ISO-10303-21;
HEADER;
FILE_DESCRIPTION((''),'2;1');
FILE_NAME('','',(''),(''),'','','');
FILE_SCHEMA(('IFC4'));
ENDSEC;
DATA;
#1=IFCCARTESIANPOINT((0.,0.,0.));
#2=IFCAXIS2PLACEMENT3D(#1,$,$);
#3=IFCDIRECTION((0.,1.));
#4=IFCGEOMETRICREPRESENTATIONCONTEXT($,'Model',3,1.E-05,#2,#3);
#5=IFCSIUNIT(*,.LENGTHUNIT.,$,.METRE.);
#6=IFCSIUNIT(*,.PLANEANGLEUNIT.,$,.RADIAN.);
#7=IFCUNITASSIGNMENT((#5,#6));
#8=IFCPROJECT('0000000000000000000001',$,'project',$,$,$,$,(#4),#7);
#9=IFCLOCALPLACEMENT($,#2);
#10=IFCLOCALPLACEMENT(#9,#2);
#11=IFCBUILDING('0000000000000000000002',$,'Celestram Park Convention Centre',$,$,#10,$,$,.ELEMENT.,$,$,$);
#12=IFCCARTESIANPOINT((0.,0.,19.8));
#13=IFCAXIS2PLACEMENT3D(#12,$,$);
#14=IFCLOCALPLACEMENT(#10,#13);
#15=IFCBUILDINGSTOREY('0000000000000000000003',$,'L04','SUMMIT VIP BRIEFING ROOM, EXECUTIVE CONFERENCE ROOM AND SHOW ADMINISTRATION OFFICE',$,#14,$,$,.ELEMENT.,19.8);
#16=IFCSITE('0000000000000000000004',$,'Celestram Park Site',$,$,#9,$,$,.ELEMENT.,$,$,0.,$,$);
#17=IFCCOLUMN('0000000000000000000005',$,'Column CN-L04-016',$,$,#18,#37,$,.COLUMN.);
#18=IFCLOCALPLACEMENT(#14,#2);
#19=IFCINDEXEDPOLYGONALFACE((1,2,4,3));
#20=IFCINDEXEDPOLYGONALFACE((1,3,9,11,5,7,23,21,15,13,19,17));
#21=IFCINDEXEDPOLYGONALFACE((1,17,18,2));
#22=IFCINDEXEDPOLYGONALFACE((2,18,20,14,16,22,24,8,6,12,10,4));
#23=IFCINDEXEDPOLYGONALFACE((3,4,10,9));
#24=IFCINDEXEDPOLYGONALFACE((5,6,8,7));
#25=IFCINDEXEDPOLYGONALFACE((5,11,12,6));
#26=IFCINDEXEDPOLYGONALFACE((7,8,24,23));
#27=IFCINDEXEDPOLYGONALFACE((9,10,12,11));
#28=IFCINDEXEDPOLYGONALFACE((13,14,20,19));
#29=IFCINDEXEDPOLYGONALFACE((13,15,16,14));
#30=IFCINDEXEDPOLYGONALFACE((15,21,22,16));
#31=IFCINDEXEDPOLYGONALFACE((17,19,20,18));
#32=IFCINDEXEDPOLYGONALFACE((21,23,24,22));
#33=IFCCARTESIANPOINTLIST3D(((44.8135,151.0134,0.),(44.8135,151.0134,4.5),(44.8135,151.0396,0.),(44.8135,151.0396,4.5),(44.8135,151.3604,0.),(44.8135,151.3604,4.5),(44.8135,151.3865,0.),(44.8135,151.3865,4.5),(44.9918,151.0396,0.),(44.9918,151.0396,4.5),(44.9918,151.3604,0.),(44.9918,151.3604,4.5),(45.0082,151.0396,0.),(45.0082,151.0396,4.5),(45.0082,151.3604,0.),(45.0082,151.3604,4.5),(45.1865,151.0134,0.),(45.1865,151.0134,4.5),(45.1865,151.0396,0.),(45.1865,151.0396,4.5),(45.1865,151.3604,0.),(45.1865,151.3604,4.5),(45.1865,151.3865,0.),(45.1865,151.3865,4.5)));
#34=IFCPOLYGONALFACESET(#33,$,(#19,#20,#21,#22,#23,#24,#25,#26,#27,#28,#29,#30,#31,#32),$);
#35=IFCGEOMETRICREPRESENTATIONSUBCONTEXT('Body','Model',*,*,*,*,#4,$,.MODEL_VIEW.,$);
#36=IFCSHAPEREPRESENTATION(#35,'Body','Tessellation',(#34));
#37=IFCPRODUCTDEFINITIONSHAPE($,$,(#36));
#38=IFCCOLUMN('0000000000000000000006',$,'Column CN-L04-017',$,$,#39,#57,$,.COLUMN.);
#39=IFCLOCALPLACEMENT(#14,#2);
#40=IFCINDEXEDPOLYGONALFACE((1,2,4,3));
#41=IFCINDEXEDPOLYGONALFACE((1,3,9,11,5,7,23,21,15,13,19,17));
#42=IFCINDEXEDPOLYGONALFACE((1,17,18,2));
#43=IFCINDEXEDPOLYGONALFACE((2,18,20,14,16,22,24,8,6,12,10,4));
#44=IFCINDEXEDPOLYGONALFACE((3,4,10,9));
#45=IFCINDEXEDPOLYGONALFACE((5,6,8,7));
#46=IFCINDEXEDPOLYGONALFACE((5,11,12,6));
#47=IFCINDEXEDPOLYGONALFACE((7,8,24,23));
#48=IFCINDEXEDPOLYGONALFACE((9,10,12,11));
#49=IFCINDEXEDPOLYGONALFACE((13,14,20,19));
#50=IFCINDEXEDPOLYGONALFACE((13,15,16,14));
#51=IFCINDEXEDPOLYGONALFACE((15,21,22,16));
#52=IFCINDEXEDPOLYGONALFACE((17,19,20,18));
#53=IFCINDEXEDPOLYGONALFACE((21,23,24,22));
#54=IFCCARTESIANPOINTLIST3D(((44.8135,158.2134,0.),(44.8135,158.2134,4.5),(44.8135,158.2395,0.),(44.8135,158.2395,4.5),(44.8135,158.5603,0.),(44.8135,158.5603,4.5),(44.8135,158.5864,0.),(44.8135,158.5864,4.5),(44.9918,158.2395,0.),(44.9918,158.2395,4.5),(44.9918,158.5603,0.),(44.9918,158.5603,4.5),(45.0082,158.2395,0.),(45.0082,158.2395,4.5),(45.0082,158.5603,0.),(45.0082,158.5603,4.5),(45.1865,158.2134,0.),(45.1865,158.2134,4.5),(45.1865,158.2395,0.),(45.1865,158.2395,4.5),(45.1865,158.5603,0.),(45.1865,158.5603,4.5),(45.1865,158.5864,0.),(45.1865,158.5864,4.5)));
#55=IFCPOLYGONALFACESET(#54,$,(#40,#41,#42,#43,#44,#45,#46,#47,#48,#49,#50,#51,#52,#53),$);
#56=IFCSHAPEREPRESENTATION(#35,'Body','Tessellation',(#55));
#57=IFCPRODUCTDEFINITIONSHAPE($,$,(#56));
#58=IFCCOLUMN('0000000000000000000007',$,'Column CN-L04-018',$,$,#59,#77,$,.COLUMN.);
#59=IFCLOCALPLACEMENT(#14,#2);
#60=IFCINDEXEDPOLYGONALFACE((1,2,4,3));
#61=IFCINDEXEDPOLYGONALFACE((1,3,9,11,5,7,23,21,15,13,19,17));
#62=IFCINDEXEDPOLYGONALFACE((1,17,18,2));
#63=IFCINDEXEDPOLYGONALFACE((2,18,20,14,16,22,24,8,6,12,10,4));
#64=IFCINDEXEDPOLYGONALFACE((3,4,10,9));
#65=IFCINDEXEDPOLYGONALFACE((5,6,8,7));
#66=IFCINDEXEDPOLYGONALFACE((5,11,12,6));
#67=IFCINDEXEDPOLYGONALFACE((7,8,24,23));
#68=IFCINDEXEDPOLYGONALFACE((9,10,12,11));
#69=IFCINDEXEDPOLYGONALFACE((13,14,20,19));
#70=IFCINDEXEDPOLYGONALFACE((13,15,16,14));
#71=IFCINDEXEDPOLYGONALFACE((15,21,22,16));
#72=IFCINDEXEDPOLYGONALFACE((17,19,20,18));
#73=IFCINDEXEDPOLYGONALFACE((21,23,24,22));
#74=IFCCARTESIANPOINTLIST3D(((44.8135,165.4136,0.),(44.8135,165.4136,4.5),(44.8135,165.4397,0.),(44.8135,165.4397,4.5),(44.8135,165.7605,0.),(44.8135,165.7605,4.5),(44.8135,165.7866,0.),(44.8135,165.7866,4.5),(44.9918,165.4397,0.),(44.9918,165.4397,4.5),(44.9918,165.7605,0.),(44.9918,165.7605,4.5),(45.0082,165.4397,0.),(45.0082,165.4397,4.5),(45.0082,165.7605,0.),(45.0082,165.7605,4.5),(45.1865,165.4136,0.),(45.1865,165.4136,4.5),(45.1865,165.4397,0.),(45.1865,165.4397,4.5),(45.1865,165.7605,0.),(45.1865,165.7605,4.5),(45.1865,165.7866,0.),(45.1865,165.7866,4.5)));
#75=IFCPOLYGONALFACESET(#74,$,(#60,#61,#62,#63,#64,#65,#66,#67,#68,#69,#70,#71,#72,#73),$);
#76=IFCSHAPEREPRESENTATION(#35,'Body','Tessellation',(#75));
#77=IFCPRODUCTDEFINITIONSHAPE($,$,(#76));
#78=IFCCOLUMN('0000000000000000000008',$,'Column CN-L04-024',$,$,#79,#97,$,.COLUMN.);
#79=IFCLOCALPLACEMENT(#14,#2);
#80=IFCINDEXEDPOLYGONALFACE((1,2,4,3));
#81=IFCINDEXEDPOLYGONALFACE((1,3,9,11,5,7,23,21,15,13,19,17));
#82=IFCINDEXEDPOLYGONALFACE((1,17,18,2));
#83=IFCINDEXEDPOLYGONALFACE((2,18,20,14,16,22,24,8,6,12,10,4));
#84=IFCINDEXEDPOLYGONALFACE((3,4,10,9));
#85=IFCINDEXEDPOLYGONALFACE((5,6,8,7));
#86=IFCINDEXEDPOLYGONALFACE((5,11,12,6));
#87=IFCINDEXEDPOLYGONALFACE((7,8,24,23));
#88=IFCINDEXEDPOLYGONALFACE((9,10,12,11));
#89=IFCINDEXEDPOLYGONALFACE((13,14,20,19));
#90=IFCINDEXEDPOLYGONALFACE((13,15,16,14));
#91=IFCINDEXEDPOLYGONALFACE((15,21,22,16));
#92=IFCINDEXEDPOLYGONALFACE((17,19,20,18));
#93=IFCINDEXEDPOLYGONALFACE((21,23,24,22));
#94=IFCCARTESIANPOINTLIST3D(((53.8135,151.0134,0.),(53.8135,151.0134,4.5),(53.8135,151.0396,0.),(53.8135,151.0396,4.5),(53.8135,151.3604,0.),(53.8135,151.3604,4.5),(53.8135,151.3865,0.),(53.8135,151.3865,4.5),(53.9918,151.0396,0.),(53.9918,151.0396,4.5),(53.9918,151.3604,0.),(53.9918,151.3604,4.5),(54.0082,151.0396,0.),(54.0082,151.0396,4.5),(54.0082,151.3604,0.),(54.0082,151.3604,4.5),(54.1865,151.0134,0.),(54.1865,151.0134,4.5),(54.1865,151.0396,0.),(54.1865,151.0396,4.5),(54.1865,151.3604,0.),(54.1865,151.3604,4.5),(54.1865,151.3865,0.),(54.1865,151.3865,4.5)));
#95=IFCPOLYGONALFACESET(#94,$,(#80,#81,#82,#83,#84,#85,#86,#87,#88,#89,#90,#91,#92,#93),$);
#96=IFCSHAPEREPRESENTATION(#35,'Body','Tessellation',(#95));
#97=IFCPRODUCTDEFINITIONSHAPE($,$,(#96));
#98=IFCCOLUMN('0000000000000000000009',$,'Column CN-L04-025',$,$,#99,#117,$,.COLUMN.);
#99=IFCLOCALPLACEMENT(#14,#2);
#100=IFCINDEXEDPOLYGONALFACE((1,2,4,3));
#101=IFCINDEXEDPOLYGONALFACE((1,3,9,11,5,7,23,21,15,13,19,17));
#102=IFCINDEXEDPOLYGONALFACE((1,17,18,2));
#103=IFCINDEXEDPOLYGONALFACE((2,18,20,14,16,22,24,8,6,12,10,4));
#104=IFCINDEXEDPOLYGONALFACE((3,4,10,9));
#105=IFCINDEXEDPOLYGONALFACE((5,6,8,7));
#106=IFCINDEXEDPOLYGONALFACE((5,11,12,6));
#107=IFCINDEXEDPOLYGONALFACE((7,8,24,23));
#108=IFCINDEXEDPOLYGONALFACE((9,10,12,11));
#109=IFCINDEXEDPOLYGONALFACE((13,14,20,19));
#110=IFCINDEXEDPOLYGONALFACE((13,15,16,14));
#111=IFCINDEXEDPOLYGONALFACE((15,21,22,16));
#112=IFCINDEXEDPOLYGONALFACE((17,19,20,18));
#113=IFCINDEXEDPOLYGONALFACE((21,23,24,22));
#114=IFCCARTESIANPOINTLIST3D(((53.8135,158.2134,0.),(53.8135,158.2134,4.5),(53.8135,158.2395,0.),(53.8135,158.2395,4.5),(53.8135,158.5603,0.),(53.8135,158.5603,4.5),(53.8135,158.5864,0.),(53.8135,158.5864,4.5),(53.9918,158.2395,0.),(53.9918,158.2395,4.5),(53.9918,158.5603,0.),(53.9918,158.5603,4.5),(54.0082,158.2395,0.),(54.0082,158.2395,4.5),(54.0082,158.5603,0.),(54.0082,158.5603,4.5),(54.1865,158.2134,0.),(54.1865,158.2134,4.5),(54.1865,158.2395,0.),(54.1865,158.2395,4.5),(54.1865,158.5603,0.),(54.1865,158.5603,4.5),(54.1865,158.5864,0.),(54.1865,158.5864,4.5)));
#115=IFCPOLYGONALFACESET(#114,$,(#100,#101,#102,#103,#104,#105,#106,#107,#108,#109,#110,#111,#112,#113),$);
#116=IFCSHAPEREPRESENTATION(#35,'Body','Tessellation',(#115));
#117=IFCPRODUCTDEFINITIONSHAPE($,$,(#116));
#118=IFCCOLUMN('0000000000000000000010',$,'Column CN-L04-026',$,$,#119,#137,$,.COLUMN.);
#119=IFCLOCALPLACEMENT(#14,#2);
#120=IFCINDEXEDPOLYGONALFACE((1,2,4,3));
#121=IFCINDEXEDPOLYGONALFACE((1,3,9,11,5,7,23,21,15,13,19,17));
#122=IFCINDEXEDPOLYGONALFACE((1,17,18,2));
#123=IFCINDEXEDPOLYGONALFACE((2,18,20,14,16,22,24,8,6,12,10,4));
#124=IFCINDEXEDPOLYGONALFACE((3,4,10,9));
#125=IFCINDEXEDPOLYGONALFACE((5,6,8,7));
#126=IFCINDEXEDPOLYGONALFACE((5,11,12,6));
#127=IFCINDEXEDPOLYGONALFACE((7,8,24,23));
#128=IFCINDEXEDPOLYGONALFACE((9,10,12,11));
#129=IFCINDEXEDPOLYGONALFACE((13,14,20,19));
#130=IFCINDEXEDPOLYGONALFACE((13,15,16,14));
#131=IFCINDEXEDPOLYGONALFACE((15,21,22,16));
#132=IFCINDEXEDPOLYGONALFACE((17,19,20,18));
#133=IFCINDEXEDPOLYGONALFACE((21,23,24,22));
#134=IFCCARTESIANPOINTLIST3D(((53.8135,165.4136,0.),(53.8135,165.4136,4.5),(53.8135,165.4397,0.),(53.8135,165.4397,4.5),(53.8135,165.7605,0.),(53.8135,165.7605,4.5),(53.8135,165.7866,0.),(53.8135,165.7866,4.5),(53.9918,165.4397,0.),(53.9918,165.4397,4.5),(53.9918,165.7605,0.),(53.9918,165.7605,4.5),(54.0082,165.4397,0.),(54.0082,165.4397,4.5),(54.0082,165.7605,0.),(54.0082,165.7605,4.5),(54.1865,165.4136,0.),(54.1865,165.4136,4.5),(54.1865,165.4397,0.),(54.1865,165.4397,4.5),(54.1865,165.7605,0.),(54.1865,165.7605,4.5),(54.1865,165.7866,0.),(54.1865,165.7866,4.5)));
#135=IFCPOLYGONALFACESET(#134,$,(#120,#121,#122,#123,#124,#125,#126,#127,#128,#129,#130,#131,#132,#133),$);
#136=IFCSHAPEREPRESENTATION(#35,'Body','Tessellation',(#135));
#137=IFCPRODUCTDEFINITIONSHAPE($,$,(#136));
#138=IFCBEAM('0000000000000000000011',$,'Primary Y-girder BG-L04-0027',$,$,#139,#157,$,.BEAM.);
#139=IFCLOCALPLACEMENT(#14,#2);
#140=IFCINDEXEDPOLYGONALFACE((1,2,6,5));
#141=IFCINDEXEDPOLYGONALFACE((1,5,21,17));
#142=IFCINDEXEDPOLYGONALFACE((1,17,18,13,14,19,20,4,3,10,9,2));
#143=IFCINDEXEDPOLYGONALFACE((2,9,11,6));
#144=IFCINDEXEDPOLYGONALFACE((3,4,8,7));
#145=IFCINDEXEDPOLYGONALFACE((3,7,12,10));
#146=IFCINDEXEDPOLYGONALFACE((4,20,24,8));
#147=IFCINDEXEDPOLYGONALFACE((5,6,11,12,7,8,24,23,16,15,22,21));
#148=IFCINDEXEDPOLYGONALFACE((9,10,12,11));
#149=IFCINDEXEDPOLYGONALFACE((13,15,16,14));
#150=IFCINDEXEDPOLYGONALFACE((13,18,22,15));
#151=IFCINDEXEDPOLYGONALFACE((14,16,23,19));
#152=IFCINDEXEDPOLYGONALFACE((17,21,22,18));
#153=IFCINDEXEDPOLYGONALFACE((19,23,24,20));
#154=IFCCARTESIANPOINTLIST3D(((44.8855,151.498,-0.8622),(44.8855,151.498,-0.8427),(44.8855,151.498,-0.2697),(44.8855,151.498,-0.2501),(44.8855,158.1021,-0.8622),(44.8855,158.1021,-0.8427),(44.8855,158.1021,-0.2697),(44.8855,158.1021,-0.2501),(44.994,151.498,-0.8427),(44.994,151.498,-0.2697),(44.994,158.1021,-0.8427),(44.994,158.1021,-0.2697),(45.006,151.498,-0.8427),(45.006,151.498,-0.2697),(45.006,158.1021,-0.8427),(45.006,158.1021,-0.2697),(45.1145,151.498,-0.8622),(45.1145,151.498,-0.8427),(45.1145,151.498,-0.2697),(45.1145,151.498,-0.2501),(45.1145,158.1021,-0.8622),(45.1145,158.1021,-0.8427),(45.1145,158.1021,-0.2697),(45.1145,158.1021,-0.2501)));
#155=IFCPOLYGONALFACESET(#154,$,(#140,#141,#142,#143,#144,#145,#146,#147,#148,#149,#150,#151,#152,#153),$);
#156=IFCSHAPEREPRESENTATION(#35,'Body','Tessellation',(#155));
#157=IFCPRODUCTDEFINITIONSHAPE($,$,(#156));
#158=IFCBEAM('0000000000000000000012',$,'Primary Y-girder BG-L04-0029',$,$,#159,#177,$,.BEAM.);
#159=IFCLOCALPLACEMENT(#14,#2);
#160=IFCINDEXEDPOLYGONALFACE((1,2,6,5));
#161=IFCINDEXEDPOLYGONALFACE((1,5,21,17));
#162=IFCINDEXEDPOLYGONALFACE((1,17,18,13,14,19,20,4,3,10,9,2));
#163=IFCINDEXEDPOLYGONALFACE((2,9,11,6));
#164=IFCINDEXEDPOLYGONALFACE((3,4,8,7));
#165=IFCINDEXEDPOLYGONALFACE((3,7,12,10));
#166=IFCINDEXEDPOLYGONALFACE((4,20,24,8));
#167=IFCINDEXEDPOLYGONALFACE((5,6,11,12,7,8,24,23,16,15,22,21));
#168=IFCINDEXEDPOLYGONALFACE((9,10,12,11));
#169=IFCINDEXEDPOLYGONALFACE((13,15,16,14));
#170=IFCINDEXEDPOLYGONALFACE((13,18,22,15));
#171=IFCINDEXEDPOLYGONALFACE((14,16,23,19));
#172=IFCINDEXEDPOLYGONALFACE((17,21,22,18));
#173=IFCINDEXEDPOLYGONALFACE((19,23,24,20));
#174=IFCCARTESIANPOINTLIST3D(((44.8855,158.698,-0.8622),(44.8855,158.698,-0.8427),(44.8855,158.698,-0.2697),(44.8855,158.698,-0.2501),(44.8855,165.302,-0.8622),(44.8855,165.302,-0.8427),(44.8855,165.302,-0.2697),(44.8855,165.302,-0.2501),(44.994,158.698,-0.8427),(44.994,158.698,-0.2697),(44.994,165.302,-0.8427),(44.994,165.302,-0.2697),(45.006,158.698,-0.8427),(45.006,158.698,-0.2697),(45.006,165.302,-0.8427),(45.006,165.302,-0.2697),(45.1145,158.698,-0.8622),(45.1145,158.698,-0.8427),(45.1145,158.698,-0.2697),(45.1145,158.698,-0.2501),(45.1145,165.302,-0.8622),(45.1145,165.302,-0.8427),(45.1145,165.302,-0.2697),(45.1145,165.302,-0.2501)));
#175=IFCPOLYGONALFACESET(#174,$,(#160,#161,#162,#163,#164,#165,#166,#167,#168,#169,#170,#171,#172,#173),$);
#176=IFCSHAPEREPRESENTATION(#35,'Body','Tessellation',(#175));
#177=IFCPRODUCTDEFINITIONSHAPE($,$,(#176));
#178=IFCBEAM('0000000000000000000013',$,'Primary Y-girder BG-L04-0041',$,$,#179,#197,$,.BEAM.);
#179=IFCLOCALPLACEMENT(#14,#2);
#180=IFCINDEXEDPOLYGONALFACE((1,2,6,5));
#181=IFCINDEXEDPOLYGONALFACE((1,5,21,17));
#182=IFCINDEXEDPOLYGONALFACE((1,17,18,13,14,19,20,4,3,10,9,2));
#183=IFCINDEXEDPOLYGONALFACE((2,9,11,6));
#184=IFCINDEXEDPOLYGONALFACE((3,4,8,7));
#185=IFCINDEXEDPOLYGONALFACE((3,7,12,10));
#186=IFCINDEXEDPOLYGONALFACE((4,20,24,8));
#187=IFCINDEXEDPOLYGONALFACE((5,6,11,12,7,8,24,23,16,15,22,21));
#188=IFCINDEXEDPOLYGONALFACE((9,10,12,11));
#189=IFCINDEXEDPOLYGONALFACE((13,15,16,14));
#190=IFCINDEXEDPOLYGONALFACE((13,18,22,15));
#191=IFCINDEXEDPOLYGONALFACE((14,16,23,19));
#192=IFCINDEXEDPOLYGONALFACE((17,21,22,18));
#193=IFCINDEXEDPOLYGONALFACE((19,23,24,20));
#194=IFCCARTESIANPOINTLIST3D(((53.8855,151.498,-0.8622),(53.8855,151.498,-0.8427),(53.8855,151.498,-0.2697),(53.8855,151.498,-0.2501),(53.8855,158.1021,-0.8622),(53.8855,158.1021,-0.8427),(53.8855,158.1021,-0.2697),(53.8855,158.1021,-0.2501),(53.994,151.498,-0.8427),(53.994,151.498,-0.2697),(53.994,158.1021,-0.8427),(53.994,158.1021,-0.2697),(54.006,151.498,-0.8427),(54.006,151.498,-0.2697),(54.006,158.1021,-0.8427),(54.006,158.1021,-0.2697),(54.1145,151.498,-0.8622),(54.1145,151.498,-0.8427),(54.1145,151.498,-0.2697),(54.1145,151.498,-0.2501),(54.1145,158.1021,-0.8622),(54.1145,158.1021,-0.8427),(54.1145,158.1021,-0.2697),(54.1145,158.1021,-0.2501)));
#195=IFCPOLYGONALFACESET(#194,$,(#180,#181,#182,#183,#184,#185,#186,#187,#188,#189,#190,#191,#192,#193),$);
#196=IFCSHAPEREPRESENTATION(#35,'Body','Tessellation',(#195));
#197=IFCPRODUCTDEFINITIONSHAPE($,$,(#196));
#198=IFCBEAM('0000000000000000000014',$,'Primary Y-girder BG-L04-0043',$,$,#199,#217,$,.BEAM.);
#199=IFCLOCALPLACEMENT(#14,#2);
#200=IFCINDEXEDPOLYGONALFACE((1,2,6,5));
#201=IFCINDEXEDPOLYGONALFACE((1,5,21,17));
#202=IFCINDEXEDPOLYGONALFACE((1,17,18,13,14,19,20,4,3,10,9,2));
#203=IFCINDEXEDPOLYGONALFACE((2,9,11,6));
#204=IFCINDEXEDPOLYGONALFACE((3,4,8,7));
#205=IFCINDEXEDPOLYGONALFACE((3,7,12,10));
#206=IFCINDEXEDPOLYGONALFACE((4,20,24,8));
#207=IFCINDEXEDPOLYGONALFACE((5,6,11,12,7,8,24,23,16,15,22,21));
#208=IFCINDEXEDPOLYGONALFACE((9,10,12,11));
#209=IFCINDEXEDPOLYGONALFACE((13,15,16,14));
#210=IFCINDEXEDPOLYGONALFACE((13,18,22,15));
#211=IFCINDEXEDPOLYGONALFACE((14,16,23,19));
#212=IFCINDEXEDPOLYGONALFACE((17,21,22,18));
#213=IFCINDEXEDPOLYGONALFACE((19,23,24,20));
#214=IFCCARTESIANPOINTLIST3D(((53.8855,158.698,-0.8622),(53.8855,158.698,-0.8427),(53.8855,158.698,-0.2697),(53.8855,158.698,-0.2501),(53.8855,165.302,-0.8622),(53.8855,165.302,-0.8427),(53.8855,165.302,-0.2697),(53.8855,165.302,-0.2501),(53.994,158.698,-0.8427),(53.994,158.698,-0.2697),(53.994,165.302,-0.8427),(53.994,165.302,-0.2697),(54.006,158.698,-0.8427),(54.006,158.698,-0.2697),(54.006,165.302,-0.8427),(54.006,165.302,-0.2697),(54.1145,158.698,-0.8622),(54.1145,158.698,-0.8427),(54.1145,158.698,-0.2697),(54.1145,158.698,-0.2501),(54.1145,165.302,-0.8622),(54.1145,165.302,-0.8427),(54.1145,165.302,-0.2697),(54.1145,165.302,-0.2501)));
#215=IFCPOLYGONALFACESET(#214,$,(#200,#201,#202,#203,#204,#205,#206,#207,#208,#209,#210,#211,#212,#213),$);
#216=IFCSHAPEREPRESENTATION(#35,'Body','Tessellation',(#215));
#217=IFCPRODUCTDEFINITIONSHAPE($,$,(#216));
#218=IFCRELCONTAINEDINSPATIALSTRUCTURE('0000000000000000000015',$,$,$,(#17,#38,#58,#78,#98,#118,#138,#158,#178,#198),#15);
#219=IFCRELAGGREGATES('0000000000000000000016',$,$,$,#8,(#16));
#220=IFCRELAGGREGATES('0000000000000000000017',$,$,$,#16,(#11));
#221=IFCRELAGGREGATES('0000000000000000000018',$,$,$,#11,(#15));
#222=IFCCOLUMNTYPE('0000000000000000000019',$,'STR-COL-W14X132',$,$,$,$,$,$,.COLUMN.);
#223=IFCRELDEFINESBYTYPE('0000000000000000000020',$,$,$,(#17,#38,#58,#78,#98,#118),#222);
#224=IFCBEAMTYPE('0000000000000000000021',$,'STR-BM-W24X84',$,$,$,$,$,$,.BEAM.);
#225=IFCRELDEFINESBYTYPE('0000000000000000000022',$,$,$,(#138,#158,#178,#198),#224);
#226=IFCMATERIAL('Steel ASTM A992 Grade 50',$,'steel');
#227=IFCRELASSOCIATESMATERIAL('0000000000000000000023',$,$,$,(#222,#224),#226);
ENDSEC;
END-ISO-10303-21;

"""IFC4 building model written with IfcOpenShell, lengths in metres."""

from ifc_helpers import new_model, si_unit, direction, frame, origin, origin_2d, place, context, subcontext, project, spatial, i_section, extrude, material, material_profile, profile_set, type_object, element, save


model = new_model("IFC4")

# Units and contexts
model_context = context("Model", 3, precision=1e-05, world=origin(), true_north=direction((0.0, 1.0)))
body_context = subcontext(model_context, "Body", "Model", "MODEL_VIEW")
ifc_project = project(units=[si_unit("LENGTHUNIT", "METRE"), si_unit("PLANEANGLEUNIT", "RADIAN")], contexts=[model_context])

# Site, building, storey
site_placement = place(None, origin())
site = spatial("IfcSite", under=ifc_project, at=site_placement, Name="Celestram Park Site", CompositionType="ELEMENT", RefElevation=0.0)
building_placement = place(site_placement, origin())
building = spatial("IfcBuilding", under=site, at=building_placement, Name="Celestram Park Convention Centre", CompositionType="ELEMENT")
storey_placement = place(building_placement, frame((0.0, 0.0, 19.8)))
storey = spatial("IfcBuildingStorey", under=building, at=storey_placement, Name="L04", Description="SUMMIT VIP BRIEFING ROOM, EXECUTIVE CONFERENCE ROOM AND SHOW ADMINISTRATION OFFICE", CompositionType="ELEMENT", Elevation=19.8)

# Columns
ifc_material_1 = material(Name="Steel ASTM A992 Grade 50", Category="steel")
ifc_material_profile_1 = material_profile(ifc_material_1, i_section(OverallWidth=0.373, OverallDepth=0.373, WebThickness=0.0164, FlangeThickness=0.0261, at=origin_2d()), Name="W14X132")
ifc_profile_set_1 = profile_set([ifc_material_profile_1], Name="Steel ASTM A992 Grade 50")
column_type = type_object("IfcColumnType", Name="STR-COL-W14X132", PredefinedType="COLUMN", material=ifc_profile_set_1)
for number, where, z_axis, x_axis, name in (
    (1, (45.0, 151.2, 0.0), (0.0, 0.0, 1.0), (1.0, 0.0, 0.0), "Column CN-L04-016"),
    (2, (45.0, 158.3999, 0.0), (0.0, 0.0, 1.0), (1.0, 0.0, 0.0), "Column CN-L04-017"),
    (3, (45.0, 165.6001, 0.0), (0.0, 0.0, 1.0), (1.0, 0.0, 0.0), "Column CN-L04-018"),
    (4, (54.0, 151.2, 0.0), (0.0, 0.0, 1.0), (1.0, 0.0, 0.0), "Column CN-L04-024"),
    (5, (54.0, 158.3999, 0.0), (0.0, 0.0, 1.0), (1.0, 0.0, 0.0), "Column CN-L04-025"),
    (6, (54.0, 165.6001, 0.0), (0.0, 0.0, 1.0), (1.0, 0.0, 0.0), "Column CN-L04-026"),
):
    element("IfcColumn", number, at=place(storey_placement, frame(where, z_axis=z_axis, x_axis=x_axis)), inside=storey, type_object=column_type, Name=name, PredefinedType="COLUMN", context=body_context, shape_type="SweptSolid", body=[
        extrude(i_section(OverallWidth=0.373, OverallDepth=0.373, WebThickness=0.0164, FlangeThickness=0.0261, at=origin_2d()), origin(), (0.0, 0.0, 1.0), 4.5),
    ])

# Beams
ifc_material_profile_2 = material_profile(ifc_material_1, i_section(OverallWidth=0.229, OverallDepth=0.6121, WebThickness=0.012, FlangeThickness=0.0195, at=origin_2d()), Name="W24X84")
ifc_profile_set_2 = profile_set([ifc_material_profile_2], Name="Steel ASTM A992 Grade 50")
beam_type_1 = type_object("IfcBeamType", Name="STR-BM-W24X84", PredefinedType="BEAM", material=ifc_profile_set_2)
for number, where, z_axis, x_axis, name in (
    (7, (45.0, 151.498, -0.5562), (0.0, 1.0, 0.0), (-1.0, 0.0, 0.0), "Primary Y-girder BG-L04-0027"),
    (8, (45.0, 158.698, -0.5562), (0.0, 1.0, 0.0), (-1.0, 0.0, 0.0), "Primary Y-girder BG-L04-0029"),
    (9, (54.0, 151.498, -0.5562), (0.0, 1.0, 0.0), (-1.0, 0.0, 0.0), "Primary Y-girder BG-L04-0041"),
    (10, (54.0, 158.698, -0.5562), (0.0, 1.0, 0.0), (-1.0, 0.0, 0.0), "Primary Y-girder BG-L04-0043"),
):
    element("IfcBeam", number, at=place(storey_placement, frame(where, z_axis=z_axis, x_axis=x_axis)), inside=storey, type_object=beam_type_1, Name=name, PredefinedType="BEAM", context=body_context, shape_type="SweptSolid", body=[
        extrude(i_section(OverallWidth=0.229, OverallDepth=0.6121, WebThickness=0.012, FlangeThickness=0.0195, at=origin_2d()), origin(), (0.0, 0.0, 1.0), 6.604),
    ])

save(model, "model.ifc")
